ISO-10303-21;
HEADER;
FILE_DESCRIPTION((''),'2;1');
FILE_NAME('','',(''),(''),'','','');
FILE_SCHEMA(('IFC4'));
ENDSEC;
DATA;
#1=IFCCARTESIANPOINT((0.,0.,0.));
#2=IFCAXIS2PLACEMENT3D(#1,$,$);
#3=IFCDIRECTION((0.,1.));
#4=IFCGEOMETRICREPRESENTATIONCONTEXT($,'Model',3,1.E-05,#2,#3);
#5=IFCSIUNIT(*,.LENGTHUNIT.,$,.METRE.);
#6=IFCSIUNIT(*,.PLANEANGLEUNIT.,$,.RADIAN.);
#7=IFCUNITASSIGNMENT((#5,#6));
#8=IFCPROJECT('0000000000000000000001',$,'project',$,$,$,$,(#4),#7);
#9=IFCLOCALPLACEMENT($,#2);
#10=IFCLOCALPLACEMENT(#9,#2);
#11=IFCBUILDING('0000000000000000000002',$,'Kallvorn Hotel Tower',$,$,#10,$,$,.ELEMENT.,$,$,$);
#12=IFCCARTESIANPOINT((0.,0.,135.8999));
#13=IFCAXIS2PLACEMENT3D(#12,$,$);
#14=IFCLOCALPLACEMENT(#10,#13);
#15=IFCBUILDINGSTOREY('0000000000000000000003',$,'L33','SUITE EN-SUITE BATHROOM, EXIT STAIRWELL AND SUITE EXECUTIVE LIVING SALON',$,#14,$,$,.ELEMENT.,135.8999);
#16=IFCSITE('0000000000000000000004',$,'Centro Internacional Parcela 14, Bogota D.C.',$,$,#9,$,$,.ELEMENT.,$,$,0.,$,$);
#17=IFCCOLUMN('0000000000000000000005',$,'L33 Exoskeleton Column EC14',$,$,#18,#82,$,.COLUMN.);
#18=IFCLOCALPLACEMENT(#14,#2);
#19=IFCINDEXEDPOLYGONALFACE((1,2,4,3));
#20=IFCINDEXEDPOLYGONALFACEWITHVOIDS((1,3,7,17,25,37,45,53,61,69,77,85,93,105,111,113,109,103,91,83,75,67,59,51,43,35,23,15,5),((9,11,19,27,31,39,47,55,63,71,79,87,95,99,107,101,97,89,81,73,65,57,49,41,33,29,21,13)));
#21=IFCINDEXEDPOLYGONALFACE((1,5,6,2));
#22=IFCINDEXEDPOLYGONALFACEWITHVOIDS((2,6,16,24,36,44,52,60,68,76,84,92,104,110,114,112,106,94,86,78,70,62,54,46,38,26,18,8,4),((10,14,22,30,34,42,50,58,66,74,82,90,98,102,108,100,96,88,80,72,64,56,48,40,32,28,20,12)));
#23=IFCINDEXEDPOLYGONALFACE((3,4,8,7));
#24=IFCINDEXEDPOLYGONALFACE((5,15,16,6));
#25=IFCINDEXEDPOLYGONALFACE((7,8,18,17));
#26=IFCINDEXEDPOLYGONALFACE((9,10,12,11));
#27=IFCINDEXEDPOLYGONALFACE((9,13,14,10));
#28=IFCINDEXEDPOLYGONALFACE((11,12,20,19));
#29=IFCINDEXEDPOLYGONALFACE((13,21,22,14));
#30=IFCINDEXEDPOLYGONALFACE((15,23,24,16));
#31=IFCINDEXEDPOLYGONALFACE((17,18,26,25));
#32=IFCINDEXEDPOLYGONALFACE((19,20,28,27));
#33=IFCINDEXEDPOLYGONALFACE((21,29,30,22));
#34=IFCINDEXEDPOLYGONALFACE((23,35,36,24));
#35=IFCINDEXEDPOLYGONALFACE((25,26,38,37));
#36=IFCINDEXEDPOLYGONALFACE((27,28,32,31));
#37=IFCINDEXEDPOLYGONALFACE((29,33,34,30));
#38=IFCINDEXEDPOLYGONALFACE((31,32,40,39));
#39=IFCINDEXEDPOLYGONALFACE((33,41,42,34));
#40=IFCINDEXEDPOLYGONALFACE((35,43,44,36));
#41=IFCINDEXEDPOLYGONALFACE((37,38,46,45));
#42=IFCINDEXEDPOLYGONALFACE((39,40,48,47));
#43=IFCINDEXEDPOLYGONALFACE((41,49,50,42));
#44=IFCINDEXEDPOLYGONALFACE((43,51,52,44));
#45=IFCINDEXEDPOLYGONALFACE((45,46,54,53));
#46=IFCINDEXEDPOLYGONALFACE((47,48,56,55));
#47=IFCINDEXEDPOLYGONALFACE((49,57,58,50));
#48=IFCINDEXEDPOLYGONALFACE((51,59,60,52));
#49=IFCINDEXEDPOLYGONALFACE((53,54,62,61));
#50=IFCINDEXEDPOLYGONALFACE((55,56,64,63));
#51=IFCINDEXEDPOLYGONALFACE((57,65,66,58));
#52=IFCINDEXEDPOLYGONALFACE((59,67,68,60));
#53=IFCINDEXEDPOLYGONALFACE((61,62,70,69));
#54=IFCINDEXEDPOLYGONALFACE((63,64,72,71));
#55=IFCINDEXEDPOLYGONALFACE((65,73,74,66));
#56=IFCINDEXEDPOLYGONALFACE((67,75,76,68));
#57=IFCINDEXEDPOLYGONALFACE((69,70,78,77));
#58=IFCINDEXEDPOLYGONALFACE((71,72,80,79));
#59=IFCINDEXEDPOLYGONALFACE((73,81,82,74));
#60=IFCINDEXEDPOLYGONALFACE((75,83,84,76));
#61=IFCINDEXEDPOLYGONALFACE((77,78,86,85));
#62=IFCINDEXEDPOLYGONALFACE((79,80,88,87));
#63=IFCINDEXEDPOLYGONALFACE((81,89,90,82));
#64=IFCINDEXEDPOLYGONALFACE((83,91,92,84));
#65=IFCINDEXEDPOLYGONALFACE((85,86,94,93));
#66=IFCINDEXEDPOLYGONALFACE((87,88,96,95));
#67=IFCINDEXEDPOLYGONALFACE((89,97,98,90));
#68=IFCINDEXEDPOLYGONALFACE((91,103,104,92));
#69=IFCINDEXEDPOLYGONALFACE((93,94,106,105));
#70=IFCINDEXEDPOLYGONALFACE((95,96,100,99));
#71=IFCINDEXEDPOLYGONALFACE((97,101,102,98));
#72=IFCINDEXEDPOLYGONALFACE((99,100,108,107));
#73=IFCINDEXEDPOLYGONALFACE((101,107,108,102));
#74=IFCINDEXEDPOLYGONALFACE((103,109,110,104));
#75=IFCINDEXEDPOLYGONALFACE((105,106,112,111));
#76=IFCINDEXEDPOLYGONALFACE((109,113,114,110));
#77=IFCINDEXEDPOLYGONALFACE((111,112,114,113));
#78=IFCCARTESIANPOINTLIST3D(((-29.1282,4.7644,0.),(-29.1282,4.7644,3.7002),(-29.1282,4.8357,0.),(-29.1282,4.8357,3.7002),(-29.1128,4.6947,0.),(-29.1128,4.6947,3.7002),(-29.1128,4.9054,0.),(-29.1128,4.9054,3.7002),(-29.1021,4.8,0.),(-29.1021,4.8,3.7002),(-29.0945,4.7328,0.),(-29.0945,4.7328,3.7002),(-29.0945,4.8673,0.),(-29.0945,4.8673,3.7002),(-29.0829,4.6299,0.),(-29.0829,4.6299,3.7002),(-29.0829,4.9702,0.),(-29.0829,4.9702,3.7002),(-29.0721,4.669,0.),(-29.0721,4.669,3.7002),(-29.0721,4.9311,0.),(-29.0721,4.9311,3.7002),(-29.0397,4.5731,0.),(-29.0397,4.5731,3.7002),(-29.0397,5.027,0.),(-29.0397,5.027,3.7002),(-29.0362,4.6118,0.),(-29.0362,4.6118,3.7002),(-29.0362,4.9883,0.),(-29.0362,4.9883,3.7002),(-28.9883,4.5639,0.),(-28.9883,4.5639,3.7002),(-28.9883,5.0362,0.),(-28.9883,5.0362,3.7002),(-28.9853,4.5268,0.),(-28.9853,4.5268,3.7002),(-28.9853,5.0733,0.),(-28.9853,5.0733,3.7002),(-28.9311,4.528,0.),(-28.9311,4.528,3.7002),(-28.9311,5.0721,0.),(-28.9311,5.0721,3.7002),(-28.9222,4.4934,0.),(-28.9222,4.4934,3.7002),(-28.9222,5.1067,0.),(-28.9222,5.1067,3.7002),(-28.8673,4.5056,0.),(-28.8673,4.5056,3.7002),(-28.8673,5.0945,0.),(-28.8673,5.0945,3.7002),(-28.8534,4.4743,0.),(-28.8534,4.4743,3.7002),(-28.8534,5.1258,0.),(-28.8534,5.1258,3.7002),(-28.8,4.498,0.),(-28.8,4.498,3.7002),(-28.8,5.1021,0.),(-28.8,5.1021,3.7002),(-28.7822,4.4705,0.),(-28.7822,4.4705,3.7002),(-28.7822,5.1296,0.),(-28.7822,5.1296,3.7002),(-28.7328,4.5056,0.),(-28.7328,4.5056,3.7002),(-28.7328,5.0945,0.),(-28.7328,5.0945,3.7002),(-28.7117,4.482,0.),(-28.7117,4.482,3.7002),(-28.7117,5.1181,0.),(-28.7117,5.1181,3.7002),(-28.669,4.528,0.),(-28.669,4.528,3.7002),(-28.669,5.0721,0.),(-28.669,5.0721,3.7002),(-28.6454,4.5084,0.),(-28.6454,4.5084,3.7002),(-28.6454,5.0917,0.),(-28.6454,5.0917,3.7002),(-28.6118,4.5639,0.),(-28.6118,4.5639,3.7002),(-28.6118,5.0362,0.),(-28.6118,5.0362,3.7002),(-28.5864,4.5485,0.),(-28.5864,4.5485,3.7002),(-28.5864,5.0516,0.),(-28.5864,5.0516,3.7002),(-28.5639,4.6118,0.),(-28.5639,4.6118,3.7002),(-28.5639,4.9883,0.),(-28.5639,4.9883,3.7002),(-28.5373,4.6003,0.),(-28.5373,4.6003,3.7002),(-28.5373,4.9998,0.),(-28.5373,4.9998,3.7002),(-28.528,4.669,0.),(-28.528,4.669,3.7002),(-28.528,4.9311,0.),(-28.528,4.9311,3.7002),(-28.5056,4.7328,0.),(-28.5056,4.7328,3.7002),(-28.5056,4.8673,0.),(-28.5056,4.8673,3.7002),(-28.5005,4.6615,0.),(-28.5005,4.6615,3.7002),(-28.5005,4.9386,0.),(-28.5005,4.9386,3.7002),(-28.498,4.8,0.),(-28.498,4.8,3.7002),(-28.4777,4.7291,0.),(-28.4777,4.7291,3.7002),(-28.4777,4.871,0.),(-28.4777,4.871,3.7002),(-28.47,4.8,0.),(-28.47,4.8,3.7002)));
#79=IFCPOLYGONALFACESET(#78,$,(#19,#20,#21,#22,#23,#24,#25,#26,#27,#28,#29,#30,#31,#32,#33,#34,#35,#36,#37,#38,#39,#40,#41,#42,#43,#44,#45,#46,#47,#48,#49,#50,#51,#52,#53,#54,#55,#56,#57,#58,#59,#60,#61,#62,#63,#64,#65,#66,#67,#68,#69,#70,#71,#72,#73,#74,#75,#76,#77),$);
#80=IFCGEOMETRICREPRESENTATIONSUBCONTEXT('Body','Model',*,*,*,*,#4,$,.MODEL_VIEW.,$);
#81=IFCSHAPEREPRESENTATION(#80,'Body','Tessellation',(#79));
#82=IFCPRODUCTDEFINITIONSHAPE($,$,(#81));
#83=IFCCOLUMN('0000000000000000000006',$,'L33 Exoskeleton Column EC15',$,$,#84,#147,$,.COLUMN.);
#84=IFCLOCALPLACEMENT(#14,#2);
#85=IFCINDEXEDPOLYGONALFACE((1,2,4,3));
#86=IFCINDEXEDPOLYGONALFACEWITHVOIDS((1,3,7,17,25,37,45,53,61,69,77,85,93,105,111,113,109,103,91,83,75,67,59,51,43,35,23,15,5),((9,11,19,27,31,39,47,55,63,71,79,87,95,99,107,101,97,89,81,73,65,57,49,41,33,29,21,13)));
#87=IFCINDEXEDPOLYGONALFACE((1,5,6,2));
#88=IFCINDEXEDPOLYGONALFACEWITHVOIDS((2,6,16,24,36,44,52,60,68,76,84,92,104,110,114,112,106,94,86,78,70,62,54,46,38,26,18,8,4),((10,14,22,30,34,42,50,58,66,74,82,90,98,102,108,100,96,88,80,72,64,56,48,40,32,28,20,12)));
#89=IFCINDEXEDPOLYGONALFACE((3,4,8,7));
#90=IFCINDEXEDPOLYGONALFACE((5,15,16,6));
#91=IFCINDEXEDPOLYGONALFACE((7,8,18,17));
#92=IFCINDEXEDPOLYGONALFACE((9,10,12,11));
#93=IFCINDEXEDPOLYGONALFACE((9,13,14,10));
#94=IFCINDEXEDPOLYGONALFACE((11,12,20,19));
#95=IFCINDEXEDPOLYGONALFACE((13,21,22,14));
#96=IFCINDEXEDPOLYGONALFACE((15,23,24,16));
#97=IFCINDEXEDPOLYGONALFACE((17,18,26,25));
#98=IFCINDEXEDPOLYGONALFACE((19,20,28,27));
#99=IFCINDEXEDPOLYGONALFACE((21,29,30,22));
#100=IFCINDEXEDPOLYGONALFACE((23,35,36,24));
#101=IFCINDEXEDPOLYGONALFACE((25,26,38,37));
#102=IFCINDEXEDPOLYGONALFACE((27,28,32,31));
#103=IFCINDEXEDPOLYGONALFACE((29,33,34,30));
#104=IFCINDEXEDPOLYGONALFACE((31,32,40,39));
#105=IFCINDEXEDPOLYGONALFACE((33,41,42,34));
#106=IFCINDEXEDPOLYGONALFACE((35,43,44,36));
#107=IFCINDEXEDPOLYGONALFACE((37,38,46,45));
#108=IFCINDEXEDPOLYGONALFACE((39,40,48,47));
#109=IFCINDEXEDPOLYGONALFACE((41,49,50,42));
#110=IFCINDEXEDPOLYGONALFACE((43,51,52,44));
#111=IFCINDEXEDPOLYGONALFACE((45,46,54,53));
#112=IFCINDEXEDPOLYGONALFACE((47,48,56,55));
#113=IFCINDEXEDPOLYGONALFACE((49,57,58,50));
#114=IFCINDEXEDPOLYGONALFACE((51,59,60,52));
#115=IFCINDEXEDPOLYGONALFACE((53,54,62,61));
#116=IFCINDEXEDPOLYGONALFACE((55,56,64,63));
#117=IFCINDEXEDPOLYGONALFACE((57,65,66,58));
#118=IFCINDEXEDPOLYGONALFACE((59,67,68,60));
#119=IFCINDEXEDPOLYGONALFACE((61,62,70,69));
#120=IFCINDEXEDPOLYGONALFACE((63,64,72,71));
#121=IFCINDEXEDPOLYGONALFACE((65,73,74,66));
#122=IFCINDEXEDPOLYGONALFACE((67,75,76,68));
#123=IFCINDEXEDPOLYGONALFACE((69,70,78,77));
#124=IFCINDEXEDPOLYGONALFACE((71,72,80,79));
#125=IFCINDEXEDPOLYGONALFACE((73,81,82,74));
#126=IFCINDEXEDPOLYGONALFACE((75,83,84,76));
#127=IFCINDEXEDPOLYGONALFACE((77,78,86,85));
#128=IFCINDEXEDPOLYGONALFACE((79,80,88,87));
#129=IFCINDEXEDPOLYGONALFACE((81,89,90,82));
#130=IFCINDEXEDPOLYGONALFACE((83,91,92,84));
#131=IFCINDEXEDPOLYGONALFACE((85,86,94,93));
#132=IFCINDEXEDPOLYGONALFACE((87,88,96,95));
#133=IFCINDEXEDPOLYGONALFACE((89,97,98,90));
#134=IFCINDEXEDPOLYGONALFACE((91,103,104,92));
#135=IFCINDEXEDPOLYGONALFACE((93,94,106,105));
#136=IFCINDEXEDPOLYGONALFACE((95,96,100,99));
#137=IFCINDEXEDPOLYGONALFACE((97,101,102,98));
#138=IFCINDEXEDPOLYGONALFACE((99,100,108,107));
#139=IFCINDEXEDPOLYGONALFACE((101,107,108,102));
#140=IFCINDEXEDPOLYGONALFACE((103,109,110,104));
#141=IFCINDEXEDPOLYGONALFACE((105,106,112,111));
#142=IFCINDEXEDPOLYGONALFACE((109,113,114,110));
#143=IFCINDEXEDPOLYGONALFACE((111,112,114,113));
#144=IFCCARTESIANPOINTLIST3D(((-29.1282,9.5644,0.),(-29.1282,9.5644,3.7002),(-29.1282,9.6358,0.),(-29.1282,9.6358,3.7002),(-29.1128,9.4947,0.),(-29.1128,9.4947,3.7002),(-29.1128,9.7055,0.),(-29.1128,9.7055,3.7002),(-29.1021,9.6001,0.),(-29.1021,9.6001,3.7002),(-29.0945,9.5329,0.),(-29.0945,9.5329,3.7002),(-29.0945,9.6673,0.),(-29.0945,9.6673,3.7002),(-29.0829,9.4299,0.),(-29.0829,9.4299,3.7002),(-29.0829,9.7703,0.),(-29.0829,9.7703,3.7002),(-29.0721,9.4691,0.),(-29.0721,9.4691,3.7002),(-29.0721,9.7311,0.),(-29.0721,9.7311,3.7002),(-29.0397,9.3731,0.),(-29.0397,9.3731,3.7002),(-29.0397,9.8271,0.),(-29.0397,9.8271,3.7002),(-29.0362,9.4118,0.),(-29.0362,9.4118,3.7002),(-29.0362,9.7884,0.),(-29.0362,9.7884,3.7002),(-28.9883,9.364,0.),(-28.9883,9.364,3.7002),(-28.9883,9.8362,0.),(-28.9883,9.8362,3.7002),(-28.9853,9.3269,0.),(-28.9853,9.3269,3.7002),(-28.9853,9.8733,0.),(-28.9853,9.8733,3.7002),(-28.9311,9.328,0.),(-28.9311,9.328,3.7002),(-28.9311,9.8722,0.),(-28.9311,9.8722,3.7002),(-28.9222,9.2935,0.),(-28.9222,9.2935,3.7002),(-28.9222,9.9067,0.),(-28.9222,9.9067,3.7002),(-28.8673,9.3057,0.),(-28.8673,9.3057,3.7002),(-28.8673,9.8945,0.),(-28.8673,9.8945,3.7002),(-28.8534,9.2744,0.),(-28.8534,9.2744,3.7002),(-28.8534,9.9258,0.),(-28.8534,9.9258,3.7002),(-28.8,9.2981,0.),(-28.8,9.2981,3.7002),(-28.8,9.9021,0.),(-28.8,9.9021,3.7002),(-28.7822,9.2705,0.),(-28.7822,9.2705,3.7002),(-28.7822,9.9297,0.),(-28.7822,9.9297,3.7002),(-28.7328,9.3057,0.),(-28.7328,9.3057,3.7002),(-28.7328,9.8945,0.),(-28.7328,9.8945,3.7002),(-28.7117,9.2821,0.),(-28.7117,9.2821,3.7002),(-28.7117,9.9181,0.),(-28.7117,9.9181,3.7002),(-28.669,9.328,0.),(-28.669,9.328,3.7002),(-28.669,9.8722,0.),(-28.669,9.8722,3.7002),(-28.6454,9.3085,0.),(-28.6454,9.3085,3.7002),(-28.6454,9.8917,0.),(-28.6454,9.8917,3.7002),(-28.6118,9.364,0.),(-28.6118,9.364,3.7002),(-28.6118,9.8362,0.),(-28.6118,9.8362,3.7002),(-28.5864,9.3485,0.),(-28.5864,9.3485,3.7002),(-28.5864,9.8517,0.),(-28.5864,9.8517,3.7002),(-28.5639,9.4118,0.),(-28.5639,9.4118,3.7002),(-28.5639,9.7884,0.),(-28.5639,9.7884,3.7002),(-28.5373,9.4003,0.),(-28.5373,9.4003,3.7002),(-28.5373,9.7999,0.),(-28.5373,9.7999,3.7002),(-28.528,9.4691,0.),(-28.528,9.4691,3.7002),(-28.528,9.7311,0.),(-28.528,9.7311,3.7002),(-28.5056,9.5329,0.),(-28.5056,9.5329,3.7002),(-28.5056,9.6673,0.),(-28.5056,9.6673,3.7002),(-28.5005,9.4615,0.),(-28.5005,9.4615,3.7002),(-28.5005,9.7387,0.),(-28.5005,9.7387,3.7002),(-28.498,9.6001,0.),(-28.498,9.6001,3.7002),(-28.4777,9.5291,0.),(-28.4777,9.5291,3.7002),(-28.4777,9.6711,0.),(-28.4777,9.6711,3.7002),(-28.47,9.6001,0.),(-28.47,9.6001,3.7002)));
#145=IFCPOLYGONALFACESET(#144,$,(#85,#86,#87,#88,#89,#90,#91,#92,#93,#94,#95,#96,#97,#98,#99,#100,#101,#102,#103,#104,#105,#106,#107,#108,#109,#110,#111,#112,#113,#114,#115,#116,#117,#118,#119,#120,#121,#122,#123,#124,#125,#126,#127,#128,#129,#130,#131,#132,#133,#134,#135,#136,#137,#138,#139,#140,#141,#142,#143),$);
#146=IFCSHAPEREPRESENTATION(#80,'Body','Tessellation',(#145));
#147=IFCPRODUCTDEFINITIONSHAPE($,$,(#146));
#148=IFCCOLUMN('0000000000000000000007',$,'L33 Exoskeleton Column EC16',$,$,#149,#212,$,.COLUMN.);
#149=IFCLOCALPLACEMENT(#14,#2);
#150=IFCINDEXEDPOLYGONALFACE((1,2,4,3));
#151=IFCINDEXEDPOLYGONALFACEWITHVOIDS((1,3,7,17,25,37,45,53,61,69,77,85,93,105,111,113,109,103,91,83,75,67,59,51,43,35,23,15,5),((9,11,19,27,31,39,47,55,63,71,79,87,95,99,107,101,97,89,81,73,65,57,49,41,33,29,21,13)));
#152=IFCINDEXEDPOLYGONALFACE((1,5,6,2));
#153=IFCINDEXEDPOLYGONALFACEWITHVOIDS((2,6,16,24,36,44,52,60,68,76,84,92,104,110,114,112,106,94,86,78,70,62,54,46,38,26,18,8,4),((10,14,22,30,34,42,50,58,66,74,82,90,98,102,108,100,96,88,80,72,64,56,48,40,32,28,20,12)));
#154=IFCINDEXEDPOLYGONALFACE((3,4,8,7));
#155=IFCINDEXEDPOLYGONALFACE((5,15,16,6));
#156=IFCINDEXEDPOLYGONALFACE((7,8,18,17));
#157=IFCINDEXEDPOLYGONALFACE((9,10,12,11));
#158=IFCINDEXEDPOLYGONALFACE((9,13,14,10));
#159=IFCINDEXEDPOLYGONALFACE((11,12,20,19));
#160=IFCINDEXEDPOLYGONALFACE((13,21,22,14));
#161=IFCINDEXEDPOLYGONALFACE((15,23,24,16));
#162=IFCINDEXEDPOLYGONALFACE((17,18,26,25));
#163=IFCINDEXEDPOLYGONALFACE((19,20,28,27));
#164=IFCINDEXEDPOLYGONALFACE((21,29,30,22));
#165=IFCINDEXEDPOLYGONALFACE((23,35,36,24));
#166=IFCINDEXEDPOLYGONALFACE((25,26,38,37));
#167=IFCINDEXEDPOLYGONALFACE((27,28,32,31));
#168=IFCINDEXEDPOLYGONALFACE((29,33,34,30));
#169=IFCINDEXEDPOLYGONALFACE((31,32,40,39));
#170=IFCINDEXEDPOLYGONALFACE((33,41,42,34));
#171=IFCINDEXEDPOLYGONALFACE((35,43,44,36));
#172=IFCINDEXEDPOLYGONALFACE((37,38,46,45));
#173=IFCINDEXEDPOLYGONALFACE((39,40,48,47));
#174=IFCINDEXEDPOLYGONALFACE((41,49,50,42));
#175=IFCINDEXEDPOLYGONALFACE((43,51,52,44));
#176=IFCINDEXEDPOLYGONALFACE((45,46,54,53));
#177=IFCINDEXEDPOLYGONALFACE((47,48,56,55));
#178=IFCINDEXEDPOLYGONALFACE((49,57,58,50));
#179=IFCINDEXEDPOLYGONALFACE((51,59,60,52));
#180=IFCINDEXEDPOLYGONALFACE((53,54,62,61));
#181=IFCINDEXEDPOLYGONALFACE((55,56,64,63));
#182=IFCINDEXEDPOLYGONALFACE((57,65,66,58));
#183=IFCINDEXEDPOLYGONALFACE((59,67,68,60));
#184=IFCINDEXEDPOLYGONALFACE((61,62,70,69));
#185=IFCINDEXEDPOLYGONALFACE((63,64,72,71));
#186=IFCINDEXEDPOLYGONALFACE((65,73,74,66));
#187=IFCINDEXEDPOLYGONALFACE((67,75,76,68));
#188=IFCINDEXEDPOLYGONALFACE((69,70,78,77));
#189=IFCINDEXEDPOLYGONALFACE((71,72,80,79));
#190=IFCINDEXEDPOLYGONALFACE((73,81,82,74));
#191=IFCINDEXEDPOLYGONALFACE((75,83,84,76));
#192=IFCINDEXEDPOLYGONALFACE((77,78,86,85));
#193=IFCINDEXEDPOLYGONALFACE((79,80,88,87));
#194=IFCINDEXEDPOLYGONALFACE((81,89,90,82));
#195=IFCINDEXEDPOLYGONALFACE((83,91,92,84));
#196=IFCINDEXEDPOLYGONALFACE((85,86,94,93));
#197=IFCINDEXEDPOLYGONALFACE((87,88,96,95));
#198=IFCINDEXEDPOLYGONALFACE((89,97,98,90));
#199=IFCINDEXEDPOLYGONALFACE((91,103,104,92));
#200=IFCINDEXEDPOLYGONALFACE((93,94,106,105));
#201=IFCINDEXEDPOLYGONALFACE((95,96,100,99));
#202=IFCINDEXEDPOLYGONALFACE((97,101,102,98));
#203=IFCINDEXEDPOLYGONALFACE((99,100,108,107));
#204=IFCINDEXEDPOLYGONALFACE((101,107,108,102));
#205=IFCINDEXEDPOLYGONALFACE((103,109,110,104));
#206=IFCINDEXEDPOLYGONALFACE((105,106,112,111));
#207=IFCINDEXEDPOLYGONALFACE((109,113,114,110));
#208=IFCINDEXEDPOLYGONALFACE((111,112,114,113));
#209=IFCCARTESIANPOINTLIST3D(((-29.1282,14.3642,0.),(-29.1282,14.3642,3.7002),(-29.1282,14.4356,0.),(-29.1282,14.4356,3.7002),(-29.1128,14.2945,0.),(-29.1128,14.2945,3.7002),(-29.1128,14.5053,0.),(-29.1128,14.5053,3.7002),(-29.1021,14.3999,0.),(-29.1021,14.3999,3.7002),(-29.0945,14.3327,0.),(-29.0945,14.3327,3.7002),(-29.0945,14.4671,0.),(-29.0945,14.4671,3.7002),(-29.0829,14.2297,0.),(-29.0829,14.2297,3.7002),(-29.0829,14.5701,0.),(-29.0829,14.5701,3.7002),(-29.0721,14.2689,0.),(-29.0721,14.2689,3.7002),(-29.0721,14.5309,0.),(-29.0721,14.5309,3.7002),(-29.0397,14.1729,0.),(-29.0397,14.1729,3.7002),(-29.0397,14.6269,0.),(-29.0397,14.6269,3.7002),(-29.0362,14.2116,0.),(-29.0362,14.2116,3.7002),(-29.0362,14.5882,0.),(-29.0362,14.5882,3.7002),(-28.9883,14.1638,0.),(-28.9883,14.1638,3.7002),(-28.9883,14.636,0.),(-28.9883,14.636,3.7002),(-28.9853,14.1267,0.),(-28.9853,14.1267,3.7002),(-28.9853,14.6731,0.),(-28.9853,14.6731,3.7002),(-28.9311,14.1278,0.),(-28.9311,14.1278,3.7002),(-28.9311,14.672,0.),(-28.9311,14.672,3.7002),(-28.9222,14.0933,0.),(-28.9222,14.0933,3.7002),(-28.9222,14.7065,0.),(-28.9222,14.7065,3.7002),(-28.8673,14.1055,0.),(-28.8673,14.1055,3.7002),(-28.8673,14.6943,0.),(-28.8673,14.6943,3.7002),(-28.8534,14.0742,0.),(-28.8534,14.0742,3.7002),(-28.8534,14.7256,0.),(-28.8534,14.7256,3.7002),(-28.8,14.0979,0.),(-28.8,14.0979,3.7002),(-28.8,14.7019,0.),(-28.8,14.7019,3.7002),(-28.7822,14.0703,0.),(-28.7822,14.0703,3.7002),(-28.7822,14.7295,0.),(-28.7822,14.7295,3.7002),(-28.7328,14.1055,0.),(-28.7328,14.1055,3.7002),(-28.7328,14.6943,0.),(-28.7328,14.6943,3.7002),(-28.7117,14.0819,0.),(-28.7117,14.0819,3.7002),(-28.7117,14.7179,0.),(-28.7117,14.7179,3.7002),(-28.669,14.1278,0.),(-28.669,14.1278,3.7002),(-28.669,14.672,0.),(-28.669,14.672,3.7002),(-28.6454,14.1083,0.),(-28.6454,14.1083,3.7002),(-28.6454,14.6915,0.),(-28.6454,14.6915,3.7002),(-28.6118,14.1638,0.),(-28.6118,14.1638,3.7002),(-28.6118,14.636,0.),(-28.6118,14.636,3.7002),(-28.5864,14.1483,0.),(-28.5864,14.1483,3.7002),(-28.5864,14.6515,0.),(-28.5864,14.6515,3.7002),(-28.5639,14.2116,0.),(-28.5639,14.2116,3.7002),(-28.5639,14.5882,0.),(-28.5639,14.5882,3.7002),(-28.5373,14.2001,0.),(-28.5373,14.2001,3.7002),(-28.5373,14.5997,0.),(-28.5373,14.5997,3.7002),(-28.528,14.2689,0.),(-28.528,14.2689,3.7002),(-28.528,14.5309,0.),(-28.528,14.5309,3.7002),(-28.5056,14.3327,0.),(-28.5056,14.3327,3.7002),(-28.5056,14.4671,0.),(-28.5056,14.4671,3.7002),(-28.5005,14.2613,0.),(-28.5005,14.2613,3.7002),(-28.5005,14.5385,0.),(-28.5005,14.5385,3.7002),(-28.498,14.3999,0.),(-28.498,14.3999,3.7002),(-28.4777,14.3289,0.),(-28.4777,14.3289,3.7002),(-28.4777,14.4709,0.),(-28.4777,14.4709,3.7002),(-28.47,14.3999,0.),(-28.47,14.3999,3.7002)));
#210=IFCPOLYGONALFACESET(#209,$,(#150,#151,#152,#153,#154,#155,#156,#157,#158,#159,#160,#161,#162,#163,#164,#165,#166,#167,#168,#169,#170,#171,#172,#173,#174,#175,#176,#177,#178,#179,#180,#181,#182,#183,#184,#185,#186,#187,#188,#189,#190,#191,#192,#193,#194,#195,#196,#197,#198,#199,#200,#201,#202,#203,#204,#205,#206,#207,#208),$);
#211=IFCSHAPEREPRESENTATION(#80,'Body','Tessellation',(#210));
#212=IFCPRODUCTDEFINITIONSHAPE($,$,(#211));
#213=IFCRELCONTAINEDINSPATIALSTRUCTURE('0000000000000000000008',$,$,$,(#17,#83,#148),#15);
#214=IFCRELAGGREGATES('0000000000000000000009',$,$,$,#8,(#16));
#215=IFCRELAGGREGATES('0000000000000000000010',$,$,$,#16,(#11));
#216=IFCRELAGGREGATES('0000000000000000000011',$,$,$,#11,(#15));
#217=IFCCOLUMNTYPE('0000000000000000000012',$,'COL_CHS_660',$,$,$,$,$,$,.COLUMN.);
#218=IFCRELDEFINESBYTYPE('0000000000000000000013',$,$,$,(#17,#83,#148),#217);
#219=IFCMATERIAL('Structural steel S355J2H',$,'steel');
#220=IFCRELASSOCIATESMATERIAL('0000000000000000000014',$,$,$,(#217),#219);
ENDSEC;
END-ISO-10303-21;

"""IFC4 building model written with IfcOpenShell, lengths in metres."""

from ifc_helpers import new_model, si_unit, direction, frame, origin, origin_2d, place, context, subcontext, project, spatial, hollow_circle, extrude, material, material_profile, profile_set, type_object, element, save


model = new_model("IFC4")

# Units and contexts
model_context = context("Model", 3, precision=1e-05, world=origin(), true_north=direction((0.0, 1.0)))
body_context = subcontext(model_context, "Body", "Model", "MODEL_VIEW")
ifc_project = project(units=[si_unit("LENGTHUNIT", "METRE"), si_unit("PLANEANGLEUNIT", "RADIAN")], contexts=[model_context])

# Site, building, storey
site_placement = place(None, origin())
site = spatial("IfcSite", under=ifc_project, at=site_placement, Name="Centro Internacional Parcela 14, Bogota D.C.", CompositionType="ELEMENT", RefElevation=0.0)
building_placement = place(site_placement, origin())
building = spatial("IfcBuilding", under=site, at=building_placement, Name="Kallvorn Hotel Tower", CompositionType="ELEMENT")
storey_placement = place(building_placement, frame((0.0, 0.0, 135.8999)))
storey = spatial("IfcBuildingStorey", under=building, at=storey_placement, Name="L33", Description="SUITE EN-SUITE BATHROOM, EXIT STAIRWELL AND SUITE EXECUTIVE LIVING SALON", CompositionType="ELEMENT", Elevation=135.8999)

# Columns
ifc_material_1 = material(Name="Structural steel S355J2H", Category="steel")
ifc_material_profile_1 = material_profile(ifc_material_1, hollow_circle(Radius=0.3301, WallThickness=0.0281, at=origin_2d()), Name="CHS 660x28")
ifc_profile_set_1 = profile_set([ifc_material_profile_1], Name="Structural steel S355J2H")
column_type_1 = type_object("IfcColumnType", Name="COL_CHS_660", PredefinedType="COLUMN", material=ifc_profile_set_1)
for number, where, z_axis, x_axis, name in (
    (1, (-28.8, 4.8, 0.0), (0.0, 0.0, 1.0), (1.0, 0.0, 0.0), "L33 Exoskeleton Column EC14"),
    (2, (-28.8, 9.6001, 0.0), (0.0, 0.0, 1.0), (1.0, 0.0, 0.0), "L33 Exoskeleton Column EC15"),
    (3, (-28.8, 14.3999, 0.0), (0.0, 0.0, 1.0), (1.0, 0.0, 0.0), "L33 Exoskeleton Column EC16"),
):
    element("IfcColumn", number, at=place(storey_placement, frame(where, z_axis=z_axis, x_axis=x_axis)), inside=storey, type_object=column_type_1, Name=name, PredefinedType="COLUMN", context=body_context, shape_type="SweptSolid", body=[
        extrude(hollow_circle(Radius=0.3301, WallThickness=0.0281, at=origin_2d()), origin(), (0.0, 0.0, 1.0), 3.7002),
    ])

save(model, "model.ifc")
